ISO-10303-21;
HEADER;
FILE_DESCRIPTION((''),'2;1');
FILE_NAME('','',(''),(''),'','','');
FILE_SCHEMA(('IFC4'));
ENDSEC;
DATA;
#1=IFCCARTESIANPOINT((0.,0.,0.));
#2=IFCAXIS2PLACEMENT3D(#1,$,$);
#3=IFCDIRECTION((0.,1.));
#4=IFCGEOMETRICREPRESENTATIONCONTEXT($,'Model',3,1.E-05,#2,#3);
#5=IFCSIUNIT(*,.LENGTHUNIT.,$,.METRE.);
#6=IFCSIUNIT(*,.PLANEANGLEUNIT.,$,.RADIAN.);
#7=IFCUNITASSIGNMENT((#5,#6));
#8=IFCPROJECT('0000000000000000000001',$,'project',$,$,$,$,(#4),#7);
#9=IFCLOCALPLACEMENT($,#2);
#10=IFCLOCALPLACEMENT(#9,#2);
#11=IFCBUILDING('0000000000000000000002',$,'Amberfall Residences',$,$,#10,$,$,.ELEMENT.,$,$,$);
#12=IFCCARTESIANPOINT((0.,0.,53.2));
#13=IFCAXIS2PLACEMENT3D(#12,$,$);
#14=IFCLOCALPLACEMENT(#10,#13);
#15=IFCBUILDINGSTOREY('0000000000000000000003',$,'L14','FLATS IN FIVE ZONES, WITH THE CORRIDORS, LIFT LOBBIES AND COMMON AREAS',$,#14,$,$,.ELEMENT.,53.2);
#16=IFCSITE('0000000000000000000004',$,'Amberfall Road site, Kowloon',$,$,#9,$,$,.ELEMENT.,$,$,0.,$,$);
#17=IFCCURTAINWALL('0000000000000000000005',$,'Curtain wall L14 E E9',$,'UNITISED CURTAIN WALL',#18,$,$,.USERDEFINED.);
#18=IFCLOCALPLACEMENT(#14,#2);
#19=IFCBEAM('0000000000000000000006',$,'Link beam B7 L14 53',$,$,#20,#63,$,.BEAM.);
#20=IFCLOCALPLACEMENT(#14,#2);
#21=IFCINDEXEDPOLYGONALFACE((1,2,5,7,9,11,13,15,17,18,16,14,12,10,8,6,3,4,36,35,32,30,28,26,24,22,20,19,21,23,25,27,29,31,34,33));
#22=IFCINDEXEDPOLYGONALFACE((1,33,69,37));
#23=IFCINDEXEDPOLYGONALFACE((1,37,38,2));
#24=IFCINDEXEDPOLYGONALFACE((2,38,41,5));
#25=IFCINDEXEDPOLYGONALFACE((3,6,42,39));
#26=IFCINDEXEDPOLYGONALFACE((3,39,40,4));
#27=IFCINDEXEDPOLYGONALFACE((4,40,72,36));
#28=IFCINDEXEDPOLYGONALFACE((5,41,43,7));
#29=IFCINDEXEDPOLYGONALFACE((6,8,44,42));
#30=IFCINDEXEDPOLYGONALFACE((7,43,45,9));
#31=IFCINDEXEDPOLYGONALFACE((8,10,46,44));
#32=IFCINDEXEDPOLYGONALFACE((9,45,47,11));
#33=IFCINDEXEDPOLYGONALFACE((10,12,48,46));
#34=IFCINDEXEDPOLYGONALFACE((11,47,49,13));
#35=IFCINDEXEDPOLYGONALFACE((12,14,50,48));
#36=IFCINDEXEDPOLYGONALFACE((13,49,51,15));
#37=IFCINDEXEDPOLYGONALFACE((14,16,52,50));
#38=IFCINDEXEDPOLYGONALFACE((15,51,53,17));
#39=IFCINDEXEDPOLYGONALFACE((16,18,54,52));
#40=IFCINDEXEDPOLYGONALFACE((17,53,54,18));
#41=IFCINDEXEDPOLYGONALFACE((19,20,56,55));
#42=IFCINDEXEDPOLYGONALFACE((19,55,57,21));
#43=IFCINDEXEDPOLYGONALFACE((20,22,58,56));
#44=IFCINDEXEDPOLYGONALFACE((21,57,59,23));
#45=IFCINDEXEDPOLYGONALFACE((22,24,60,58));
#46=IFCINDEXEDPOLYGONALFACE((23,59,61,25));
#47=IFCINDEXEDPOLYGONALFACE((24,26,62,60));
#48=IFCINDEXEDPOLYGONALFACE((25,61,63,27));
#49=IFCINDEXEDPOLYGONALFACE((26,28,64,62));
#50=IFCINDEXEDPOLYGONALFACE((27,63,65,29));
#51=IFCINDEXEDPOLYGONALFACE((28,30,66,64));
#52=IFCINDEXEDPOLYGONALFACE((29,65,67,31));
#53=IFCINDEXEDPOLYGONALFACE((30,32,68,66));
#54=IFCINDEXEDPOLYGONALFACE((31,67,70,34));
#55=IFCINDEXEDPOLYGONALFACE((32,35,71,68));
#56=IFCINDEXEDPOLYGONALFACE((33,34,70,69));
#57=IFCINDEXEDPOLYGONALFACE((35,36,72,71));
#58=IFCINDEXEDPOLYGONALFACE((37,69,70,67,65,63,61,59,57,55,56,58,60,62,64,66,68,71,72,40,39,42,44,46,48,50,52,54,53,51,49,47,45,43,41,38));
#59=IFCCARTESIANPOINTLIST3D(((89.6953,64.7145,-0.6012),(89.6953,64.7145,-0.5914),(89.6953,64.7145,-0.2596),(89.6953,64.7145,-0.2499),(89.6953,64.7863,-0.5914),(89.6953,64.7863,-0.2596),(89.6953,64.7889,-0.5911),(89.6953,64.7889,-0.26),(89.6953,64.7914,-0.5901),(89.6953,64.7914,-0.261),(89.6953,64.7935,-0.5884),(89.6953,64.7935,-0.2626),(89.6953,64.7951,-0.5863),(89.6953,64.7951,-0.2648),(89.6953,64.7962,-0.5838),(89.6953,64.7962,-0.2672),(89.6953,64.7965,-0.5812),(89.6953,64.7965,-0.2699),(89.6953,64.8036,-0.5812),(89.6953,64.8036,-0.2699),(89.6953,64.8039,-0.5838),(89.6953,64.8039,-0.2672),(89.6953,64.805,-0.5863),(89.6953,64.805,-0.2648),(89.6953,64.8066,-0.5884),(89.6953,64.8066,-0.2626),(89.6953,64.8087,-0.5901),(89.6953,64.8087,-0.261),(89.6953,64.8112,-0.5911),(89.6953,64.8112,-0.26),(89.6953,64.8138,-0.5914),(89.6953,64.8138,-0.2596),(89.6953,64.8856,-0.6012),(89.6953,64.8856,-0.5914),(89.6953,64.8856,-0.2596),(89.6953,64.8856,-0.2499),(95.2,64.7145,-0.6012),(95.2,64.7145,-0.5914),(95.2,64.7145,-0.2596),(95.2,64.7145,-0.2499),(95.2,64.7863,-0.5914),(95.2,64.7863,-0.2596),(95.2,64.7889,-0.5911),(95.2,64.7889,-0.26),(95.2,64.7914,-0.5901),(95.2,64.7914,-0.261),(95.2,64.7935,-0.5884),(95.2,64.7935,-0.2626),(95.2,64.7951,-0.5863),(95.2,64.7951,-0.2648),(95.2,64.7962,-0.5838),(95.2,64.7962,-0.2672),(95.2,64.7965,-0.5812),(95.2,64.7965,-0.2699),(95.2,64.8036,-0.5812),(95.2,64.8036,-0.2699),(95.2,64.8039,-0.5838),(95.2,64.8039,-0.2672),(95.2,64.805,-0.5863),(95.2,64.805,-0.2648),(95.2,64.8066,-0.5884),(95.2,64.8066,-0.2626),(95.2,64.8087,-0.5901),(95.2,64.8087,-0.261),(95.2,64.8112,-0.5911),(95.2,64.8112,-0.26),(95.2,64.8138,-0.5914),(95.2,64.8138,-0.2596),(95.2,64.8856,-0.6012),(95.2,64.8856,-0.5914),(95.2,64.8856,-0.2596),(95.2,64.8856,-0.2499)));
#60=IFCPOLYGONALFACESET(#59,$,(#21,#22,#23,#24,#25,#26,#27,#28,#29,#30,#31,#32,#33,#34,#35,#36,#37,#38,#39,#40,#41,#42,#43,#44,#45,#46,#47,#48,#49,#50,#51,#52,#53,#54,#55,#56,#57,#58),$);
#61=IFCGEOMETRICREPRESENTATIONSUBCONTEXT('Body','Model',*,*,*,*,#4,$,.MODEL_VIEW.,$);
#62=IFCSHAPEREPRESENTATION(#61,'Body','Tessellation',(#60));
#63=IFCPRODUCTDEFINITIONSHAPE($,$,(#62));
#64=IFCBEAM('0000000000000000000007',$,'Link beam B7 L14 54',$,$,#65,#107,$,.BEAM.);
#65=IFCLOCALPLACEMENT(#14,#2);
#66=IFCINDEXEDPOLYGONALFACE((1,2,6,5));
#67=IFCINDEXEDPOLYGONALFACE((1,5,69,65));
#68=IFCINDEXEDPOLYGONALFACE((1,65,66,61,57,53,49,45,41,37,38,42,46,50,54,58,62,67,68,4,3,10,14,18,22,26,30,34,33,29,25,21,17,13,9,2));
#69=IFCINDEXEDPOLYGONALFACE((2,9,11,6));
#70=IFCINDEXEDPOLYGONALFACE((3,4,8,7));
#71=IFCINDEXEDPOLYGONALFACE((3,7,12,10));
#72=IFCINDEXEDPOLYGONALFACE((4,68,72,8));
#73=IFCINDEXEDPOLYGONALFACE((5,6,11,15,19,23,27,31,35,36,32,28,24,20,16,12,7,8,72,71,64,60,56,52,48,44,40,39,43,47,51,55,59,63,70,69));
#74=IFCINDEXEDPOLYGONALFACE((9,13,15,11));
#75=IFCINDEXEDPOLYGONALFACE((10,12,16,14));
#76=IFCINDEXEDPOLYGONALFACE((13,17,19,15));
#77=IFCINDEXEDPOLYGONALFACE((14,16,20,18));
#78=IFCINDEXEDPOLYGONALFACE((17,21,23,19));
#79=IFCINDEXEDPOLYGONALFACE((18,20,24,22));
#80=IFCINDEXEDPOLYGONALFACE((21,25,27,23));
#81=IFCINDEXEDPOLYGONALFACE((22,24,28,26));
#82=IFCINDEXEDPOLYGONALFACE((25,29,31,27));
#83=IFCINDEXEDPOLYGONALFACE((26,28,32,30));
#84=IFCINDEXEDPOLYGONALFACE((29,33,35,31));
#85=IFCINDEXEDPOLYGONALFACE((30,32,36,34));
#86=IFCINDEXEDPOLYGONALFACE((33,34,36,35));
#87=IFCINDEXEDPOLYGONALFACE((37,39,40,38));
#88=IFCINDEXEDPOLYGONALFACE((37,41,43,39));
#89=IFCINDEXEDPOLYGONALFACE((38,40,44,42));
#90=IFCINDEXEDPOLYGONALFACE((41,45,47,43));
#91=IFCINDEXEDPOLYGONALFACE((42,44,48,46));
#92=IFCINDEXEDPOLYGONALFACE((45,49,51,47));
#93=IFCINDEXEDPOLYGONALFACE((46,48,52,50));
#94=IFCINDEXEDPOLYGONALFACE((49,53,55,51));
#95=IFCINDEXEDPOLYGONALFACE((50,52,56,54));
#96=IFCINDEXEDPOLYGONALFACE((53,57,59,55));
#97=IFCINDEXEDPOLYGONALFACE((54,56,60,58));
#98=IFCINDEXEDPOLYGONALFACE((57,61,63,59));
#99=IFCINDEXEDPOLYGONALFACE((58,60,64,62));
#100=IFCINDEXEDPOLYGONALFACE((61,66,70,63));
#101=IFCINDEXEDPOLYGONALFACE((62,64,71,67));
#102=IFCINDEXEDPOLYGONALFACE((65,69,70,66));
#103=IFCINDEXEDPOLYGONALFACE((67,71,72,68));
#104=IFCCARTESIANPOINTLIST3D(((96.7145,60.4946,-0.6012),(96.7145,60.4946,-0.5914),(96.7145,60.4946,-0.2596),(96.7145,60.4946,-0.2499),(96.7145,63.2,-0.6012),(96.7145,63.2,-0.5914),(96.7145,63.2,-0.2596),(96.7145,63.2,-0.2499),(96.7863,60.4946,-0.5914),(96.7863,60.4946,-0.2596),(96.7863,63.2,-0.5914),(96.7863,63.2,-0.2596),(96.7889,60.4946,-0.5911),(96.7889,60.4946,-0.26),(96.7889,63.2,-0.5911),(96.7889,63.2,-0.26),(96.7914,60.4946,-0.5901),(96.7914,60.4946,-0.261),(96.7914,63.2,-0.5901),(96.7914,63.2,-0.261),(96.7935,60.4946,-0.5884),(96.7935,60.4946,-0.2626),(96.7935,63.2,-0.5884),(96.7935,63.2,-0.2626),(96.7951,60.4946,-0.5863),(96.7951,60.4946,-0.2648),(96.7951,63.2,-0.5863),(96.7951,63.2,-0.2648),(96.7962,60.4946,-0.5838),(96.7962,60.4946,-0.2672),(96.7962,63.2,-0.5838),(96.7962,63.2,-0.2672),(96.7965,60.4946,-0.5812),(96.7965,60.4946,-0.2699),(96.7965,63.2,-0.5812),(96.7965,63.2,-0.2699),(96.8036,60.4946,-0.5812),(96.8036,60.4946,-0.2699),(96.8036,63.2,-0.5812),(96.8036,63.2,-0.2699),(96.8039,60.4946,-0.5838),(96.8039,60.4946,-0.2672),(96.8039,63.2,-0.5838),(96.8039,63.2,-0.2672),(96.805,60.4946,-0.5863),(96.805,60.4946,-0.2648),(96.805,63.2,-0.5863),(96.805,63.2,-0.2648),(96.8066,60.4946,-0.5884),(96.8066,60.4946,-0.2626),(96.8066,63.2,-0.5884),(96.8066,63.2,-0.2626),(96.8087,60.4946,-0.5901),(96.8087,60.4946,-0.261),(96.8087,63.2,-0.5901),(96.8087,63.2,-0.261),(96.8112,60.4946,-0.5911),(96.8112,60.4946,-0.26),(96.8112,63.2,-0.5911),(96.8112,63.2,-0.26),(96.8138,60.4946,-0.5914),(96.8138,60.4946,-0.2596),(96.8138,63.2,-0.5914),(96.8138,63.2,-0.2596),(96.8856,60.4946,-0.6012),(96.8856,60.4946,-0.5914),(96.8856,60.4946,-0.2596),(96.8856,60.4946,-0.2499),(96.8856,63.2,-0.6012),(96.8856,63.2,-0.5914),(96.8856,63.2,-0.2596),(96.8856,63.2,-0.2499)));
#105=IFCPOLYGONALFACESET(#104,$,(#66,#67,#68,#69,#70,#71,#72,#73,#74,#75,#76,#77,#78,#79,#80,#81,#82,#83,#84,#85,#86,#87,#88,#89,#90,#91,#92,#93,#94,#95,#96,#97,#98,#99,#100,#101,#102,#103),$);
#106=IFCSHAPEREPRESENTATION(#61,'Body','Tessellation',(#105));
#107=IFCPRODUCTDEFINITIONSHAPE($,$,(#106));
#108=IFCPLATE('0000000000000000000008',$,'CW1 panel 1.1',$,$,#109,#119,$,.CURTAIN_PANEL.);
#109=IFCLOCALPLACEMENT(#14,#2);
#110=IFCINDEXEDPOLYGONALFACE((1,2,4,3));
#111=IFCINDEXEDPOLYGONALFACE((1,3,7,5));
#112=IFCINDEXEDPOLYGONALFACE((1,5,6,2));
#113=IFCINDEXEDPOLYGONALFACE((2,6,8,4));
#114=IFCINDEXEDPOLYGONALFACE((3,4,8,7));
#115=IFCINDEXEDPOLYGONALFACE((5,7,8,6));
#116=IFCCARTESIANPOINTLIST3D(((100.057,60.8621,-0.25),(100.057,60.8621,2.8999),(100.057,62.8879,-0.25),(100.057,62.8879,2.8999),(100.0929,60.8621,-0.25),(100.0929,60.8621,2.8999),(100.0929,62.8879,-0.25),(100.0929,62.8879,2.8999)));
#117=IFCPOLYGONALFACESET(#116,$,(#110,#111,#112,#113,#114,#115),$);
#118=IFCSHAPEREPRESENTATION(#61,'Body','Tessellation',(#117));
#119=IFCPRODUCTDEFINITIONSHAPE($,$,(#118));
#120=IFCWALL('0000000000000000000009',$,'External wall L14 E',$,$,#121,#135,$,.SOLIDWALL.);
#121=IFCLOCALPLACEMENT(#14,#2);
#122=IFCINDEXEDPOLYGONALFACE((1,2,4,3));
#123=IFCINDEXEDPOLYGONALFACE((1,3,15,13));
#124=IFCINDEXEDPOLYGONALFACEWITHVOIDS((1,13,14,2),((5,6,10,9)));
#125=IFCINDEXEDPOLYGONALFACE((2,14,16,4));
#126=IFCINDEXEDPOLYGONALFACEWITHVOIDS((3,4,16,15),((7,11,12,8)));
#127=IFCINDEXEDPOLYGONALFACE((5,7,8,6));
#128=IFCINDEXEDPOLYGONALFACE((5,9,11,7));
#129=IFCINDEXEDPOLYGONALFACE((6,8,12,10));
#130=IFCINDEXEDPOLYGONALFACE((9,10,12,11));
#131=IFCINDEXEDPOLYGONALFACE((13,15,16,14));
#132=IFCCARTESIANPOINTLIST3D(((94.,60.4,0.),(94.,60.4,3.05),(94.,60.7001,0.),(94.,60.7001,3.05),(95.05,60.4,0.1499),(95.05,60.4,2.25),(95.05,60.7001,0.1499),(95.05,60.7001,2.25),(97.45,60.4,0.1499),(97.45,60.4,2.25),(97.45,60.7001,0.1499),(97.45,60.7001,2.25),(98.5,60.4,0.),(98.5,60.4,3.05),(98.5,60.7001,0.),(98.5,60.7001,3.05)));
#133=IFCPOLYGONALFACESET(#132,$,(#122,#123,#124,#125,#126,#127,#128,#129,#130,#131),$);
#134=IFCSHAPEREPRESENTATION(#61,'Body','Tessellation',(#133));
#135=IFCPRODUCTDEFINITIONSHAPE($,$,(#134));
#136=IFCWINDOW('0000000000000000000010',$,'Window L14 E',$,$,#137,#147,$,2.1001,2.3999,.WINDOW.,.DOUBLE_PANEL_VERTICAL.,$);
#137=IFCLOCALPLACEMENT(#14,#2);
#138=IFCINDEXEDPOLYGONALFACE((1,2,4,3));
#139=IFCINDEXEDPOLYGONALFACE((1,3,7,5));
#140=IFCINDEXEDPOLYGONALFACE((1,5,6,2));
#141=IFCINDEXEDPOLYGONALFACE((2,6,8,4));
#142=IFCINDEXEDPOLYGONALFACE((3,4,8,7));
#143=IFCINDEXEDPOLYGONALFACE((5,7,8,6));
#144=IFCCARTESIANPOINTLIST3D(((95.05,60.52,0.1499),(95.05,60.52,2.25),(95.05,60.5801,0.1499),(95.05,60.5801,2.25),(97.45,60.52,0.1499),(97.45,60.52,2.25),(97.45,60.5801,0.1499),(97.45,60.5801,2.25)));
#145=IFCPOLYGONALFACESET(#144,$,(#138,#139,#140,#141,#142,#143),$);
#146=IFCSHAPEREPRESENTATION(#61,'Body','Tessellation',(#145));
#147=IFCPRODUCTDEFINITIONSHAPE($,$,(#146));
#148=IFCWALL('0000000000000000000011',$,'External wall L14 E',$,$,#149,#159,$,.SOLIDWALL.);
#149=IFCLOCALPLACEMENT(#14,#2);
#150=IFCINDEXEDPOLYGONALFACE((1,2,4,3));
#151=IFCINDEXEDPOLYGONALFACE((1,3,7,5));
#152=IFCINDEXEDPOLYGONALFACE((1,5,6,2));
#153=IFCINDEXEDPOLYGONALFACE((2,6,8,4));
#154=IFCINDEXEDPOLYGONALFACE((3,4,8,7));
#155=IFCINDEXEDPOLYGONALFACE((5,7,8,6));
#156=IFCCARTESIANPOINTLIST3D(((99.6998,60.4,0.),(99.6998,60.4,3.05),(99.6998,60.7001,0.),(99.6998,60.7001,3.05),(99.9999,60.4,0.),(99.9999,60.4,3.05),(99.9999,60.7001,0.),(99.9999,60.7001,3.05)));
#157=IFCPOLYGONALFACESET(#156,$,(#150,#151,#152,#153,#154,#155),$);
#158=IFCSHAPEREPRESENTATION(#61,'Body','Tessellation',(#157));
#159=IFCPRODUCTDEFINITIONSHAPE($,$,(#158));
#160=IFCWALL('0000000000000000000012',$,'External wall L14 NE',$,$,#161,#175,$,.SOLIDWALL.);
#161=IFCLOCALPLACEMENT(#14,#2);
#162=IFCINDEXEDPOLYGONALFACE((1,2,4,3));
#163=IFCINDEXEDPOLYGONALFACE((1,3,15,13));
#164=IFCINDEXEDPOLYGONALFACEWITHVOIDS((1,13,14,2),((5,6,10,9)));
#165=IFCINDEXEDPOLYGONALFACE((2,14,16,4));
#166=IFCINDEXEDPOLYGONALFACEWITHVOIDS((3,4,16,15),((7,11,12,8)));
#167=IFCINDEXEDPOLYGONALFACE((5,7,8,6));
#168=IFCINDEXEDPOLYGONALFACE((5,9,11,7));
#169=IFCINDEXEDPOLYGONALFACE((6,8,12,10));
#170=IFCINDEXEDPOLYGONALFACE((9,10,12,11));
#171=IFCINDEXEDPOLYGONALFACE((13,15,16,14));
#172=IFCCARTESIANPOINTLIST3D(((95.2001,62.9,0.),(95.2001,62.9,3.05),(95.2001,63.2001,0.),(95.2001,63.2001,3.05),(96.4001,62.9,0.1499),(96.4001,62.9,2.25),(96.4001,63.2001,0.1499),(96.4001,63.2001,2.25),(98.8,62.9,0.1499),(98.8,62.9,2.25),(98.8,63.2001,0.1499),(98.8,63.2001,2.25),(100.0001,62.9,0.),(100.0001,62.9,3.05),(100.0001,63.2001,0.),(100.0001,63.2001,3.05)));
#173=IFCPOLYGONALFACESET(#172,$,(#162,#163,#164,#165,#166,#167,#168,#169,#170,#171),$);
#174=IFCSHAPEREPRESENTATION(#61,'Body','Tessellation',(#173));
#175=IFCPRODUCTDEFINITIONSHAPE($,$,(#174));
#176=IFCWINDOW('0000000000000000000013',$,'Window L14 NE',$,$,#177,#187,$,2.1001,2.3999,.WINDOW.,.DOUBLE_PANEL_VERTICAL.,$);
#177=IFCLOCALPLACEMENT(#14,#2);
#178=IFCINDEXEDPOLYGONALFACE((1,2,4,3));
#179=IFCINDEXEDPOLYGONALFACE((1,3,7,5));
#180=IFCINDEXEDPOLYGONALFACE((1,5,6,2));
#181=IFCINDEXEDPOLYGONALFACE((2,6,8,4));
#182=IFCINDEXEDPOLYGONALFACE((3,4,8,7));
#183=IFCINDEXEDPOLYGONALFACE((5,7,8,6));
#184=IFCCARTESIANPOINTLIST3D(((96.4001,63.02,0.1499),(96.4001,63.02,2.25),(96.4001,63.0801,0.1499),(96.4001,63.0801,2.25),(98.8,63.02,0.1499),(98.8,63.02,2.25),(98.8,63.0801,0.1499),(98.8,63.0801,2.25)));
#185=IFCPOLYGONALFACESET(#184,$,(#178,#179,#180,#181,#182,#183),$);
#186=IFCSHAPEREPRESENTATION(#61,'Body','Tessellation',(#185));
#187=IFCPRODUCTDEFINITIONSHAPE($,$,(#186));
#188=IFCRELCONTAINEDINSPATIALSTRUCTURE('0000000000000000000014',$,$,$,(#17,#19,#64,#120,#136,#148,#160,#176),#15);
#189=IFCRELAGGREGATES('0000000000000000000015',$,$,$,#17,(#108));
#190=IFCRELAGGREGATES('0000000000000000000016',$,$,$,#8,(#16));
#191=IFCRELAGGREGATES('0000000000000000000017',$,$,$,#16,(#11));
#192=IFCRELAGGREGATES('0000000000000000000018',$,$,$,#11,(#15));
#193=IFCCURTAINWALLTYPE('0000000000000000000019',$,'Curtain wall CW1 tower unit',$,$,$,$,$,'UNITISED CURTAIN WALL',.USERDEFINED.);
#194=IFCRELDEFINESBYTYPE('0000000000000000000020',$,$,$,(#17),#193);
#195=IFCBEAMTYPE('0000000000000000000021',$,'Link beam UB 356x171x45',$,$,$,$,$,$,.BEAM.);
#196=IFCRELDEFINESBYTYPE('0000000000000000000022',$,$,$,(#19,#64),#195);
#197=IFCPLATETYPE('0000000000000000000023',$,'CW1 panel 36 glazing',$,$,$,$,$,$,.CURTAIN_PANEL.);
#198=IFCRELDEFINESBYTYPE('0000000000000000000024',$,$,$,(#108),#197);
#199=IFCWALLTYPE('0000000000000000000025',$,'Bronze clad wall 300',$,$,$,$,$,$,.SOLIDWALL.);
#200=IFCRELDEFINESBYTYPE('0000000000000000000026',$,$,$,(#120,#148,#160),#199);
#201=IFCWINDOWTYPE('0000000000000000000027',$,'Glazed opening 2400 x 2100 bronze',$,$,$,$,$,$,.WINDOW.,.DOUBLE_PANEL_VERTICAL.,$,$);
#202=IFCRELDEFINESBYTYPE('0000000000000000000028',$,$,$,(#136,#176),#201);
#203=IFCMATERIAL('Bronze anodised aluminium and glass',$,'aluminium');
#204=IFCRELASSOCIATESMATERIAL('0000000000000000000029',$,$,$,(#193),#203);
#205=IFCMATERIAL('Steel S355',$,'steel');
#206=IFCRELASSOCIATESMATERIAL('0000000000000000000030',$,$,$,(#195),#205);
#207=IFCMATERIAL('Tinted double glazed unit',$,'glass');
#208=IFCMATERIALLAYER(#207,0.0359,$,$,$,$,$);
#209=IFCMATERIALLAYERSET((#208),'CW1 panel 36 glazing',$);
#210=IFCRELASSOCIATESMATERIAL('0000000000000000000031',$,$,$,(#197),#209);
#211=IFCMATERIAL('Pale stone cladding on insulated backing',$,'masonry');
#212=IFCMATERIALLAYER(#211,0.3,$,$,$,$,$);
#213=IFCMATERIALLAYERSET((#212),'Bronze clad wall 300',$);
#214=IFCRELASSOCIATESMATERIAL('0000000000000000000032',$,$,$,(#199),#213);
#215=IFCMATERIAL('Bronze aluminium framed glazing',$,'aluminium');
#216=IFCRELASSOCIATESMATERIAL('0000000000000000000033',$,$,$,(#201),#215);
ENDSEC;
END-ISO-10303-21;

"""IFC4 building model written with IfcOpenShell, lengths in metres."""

from ifc_helpers import new_model, si_unit, direction, frame, frame_2d, origin, origin_2d, place, context, subcontext, project, spatial, rectangle, i_section, extrude, material, layer, layer_set, material_profile, profile_set, type_object, element, fill, aggregate, save


model = new_model("IFC4")

# Units and contexts
model_context = context("Model", 3, precision=1e-05, world=origin(), true_north=direction((0.0, 1.0)))
body_context = subcontext(model_context, "Body", "Model", "MODEL_VIEW")
ifc_project = project(units=[si_unit("LENGTHUNIT", "METRE"), si_unit("PLANEANGLEUNIT", "RADIAN")], contexts=[model_context])

# Site, building, storey
site_placement = place(None, origin())
site = spatial("IfcSite", under=ifc_project, at=site_placement, Name="Amberfall Road site, Kowloon", CompositionType="ELEMENT", RefElevation=0.0)
building_placement = place(site_placement, origin())
building = spatial("IfcBuilding", under=site, at=building_placement, Name="Amberfall Residences", CompositionType="ELEMENT")
storey_placement = place(building_placement, frame((0.0, 0.0, 53.2)))
storey = spatial("IfcBuildingStorey", under=building, at=storey_placement, Name="L14", Description="FLATS IN FIVE ZONES, WITH THE CORRIDORS, LIFT LOBBIES AND COMMON AREAS", CompositionType="ELEMENT", Elevation=53.2)

# Curtain wall
ifc_material_1 = material(Name="Bronze anodised aluminium and glass", Category="aluminium")
curtain_wall_type_1 = type_object("IfcCurtainWallType", Name="Curtain wall CW1 tower unit", ElementType="UNITISED CURTAIN WALL", PredefinedType="USERDEFINED", material=ifc_material_1)
curtain_wall_1_placement = place(storey_placement, origin())
curtain_wall_1 = element("IfcCurtainWall", 1, at=curtain_wall_1_placement, inside=storey, type_object=curtain_wall_type_1, Name="Curtain wall L14 E E9", ObjectType="UNITISED CURTAIN WALL", PredefinedType="USERDEFINED")

# Beams
ifc_material_2 = material(Name="Steel S355", Category="steel")
ifc_material_profile_1 = material_profile(ifc_material_2, i_section(OverallWidth=0.1711, OverallDepth=0.3513, WebThickness=0.0071, FlangeThickness=0.0098, FilletRadius=0.0103, at=origin_2d()), Name="UB 356x171x45")
ifc_profile_set_1 = profile_set([ifc_material_profile_1], Name="Steel S355")
beam_type_1 = type_object("IfcBeamType", Name="Link beam UB 356x171x45", PredefinedType="BEAM", material=ifc_profile_set_1)
beam_1_placement = place(storey_placement, frame((95.2, 64.8, -0.4255), z_axis=(-1.0, 0.0, 0.0), x_axis=(0.0, -1.0, 0.0)))
element("IfcBeam", 2, at=beam_1_placement, inside=storey, type_object=beam_type_1, Name="Link beam B7 L14 53", PredefinedType="BEAM", context=body_context, shape_type="SweptSolid", body=[
    extrude(i_section(OverallWidth=0.1711, OverallDepth=0.3513, WebThickness=0.0071, FlangeThickness=0.0098, FilletRadius=0.0103, at=origin_2d()), origin(), (0.0, 0.0, 1.0), 5.5046),
])
beam_2_placement = place(storey_placement, frame((96.8, 63.2, -0.4255), z_axis=(0.0, -1.0, 0.0), x_axis=(1.0, 0.0, 0.0)))
element("IfcBeam", 3, at=beam_2_placement, inside=storey, type_object=beam_type_1, Name="Link beam B7 L14 54", PredefinedType="BEAM", context=body_context, shape_type="SweptSolid", body=[
    extrude(i_section(OverallWidth=0.1711, OverallDepth=0.3513, WebThickness=0.0071, FlangeThickness=0.0098, FilletRadius=0.0103, at=origin_2d()), origin(), (0.0, 0.0, 1.0), 2.7053),
])

# Plate
ifc_material_3 = material(Name="Tinted double glazed unit", Category="glass")
ifc_layer_1 = layer(ifc_material_3, 0.0359)
ifc_layer_set_1 = layer_set([ifc_layer_1], Name="CW1 panel 36 glazing")
plate_type = type_object("IfcPlateType", Name="CW1 panel 36 glazing", PredefinedType="CURTAIN_PANEL", material=ifc_layer_set_1)
plate_placement = place(storey_placement, frame((100.075, 61.875, -0.25), z_axis=(0.0, 0.0, 1.0), x_axis=(0.0, 1.0, 0.0)))
plate = element("IfcPlate", 4, at=plate_placement, type_object=plate_type, Name="CW1 panel 1.1", PredefinedType="CURTAIN_PANEL", context=body_context, shape_type="SweptSolid", body=[
    extrude(rectangle(XDim=2.0259, YDim=0.0359, at=origin_2d()), origin(), (0.0, 0.0, 1.0), 3.1499),
])
aggregate(curtain_wall_1, [plate])

# Wall, opening, window
ifc_material_4 = material(Name="Pale stone cladding on insulated backing", Category="masonry")
ifc_layer_2 = layer(ifc_material_4, 0.3)
ifc_layer_set_2 = layer_set([ifc_layer_2], Name="Bronze clad wall 300")
wall_type_1 = type_object("IfcWallType", Name="Bronze clad wall 300", PredefinedType="SOLIDWALL", material=ifc_layer_set_2)
wall_1_placement = place(storey_placement, frame((94.0, 60.55, 0.0), z_axis=(0.0, 0.0, 1.0), x_axis=(1.0, 0.0, 0.0)))
wall_1 = element("IfcWall", 5, at=wall_1_placement, inside=storey, type_object=wall_type_1, Name="External wall L14 E", PredefinedType="SOLIDWALL", context=body_context, shape_type="SweptSolid", body=[
    extrude(rectangle(XDim=4.5, YDim=0.3, at=frame_2d((2.25, 0.0))), origin(), (0.0, 0.0, 1.0), 3.05),
])
opening_1_placement = place(wall_1_placement, frame((1.05, 0.0, 0.1499)))
opening_1 = element("IfcOpeningElement", 6, at=opening_1_placement, cuts=wall_1, PredefinedType="OPENING", context=body_context, shape_type="SweptSolid", body=[
    extrude(rectangle(XDim=2.3999, YDim=2.1001, at=frame_2d((1.2, 1.05))), frame((0.0, 0.1599, 0.0), z_axis=(0.0, -1.0, 0.0), x_axis=(1.0, 0.0, 0.0)), (0.0, 0.0, 1.0), 0.3201),
])
ifc_material_5 = material(Name="Bronze aluminium framed glazing", Category="aluminium")
window_type = type_object("IfcWindowType", Name="Glazed opening 2400 x 2100 bronze", PartitioningType="DOUBLE_PANEL_VERTICAL", PredefinedType="WINDOW", material=ifc_material_5)
window_1_placement = place(opening_1_placement, origin())
window_1 = element("IfcWindow", 7, at=window_1_placement, inside=storey, type_object=window_type, Name="Window L14 E", OverallHeight=2.1001, OverallWidth=2.3999, PartitioningType="DOUBLE_PANEL_VERTICAL", PredefinedType="WINDOW", context=body_context, shape_type="SweptSolid", body=[
    extrude(rectangle(XDim=2.3999, YDim=2.1001, at=frame_2d((1.2, 1.05))), frame((0.0, 0.03, 0.0), z_axis=(0.0, -1.0, 0.0), x_axis=(1.0, 0.0, 0.0)), (0.0, 0.0, 1.0), 0.0601),
])
fill(opening_1, window_1)

# Wall
wall_2_placement = place(storey_placement, frame((99.7, 60.55, 0.0), z_axis=(0.0, 0.0, 1.0), x_axis=(1.0, 0.0, 0.0)))
element("IfcWall", 8, at=wall_2_placement, inside=storey, type_object=wall_type_1, Name="External wall L14 E", PredefinedType="SOLIDWALL", context=body_context, shape_type="SweptSolid", body=[
    extrude(rectangle(XDim=0.3, YDim=0.3, at=frame_2d((0.1499, 0.0))), origin(), (0.0, 0.0, 1.0), 3.05),
])

# Wall, opening, window
wall_3_placement = place(storey_placement, frame((100.0, 63.05, 0.0), z_axis=(0.0, 0.0, 1.0), x_axis=(-1.0, 0.0, 0.0)))
wall_3 = element("IfcWall", 9, at=wall_3_placement, inside=storey, type_object=wall_type_1, Name="External wall L14 NE", PredefinedType="SOLIDWALL", context=body_context, shape_type="SweptSolid", body=[
    extrude(rectangle(XDim=4.8, YDim=0.3, at=frame_2d((2.3999, 0.0))), origin(), (0.0, 0.0, 1.0), 3.05),
])
opening_2_placement = place(wall_3_placement, frame((1.2, 0.0, 0.1499)))
opening_2 = element("IfcOpeningElement", 10, at=opening_2_placement, cuts=wall_3, PredefinedType="OPENING", context=body_context, shape_type="SweptSolid", body=[
    extrude(rectangle(XDim=2.3999, YDim=2.1001, at=frame_2d((1.2, 1.05))), frame((0.0, 0.1599, 0.0), z_axis=(0.0, -1.0, 0.0), x_axis=(1.0, 0.0, 0.0)), (0.0, 0.0, 1.0), 0.3201),
])
window_2_placement = place(opening_2_placement, origin())
window_2 = element("IfcWindow", 11, at=window_2_placement, inside=storey, type_object=window_type, Name="Window L14 NE", OverallHeight=2.1001, OverallWidth=2.3999, PartitioningType="DOUBLE_PANEL_VERTICAL", PredefinedType="WINDOW", context=body_context, shape_type="SweptSolid", body=[
    extrude(rectangle(XDim=2.3999, YDim=2.1001, at=frame_2d((1.2, 1.05))), frame((0.0, 0.03, 0.0), z_axis=(0.0, -1.0, 0.0), x_axis=(1.0, 0.0, 0.0)), (0.0, 0.0, 1.0), 0.0601),
])
fill(opening_2, window_2)

save(model, "model.ifc")
